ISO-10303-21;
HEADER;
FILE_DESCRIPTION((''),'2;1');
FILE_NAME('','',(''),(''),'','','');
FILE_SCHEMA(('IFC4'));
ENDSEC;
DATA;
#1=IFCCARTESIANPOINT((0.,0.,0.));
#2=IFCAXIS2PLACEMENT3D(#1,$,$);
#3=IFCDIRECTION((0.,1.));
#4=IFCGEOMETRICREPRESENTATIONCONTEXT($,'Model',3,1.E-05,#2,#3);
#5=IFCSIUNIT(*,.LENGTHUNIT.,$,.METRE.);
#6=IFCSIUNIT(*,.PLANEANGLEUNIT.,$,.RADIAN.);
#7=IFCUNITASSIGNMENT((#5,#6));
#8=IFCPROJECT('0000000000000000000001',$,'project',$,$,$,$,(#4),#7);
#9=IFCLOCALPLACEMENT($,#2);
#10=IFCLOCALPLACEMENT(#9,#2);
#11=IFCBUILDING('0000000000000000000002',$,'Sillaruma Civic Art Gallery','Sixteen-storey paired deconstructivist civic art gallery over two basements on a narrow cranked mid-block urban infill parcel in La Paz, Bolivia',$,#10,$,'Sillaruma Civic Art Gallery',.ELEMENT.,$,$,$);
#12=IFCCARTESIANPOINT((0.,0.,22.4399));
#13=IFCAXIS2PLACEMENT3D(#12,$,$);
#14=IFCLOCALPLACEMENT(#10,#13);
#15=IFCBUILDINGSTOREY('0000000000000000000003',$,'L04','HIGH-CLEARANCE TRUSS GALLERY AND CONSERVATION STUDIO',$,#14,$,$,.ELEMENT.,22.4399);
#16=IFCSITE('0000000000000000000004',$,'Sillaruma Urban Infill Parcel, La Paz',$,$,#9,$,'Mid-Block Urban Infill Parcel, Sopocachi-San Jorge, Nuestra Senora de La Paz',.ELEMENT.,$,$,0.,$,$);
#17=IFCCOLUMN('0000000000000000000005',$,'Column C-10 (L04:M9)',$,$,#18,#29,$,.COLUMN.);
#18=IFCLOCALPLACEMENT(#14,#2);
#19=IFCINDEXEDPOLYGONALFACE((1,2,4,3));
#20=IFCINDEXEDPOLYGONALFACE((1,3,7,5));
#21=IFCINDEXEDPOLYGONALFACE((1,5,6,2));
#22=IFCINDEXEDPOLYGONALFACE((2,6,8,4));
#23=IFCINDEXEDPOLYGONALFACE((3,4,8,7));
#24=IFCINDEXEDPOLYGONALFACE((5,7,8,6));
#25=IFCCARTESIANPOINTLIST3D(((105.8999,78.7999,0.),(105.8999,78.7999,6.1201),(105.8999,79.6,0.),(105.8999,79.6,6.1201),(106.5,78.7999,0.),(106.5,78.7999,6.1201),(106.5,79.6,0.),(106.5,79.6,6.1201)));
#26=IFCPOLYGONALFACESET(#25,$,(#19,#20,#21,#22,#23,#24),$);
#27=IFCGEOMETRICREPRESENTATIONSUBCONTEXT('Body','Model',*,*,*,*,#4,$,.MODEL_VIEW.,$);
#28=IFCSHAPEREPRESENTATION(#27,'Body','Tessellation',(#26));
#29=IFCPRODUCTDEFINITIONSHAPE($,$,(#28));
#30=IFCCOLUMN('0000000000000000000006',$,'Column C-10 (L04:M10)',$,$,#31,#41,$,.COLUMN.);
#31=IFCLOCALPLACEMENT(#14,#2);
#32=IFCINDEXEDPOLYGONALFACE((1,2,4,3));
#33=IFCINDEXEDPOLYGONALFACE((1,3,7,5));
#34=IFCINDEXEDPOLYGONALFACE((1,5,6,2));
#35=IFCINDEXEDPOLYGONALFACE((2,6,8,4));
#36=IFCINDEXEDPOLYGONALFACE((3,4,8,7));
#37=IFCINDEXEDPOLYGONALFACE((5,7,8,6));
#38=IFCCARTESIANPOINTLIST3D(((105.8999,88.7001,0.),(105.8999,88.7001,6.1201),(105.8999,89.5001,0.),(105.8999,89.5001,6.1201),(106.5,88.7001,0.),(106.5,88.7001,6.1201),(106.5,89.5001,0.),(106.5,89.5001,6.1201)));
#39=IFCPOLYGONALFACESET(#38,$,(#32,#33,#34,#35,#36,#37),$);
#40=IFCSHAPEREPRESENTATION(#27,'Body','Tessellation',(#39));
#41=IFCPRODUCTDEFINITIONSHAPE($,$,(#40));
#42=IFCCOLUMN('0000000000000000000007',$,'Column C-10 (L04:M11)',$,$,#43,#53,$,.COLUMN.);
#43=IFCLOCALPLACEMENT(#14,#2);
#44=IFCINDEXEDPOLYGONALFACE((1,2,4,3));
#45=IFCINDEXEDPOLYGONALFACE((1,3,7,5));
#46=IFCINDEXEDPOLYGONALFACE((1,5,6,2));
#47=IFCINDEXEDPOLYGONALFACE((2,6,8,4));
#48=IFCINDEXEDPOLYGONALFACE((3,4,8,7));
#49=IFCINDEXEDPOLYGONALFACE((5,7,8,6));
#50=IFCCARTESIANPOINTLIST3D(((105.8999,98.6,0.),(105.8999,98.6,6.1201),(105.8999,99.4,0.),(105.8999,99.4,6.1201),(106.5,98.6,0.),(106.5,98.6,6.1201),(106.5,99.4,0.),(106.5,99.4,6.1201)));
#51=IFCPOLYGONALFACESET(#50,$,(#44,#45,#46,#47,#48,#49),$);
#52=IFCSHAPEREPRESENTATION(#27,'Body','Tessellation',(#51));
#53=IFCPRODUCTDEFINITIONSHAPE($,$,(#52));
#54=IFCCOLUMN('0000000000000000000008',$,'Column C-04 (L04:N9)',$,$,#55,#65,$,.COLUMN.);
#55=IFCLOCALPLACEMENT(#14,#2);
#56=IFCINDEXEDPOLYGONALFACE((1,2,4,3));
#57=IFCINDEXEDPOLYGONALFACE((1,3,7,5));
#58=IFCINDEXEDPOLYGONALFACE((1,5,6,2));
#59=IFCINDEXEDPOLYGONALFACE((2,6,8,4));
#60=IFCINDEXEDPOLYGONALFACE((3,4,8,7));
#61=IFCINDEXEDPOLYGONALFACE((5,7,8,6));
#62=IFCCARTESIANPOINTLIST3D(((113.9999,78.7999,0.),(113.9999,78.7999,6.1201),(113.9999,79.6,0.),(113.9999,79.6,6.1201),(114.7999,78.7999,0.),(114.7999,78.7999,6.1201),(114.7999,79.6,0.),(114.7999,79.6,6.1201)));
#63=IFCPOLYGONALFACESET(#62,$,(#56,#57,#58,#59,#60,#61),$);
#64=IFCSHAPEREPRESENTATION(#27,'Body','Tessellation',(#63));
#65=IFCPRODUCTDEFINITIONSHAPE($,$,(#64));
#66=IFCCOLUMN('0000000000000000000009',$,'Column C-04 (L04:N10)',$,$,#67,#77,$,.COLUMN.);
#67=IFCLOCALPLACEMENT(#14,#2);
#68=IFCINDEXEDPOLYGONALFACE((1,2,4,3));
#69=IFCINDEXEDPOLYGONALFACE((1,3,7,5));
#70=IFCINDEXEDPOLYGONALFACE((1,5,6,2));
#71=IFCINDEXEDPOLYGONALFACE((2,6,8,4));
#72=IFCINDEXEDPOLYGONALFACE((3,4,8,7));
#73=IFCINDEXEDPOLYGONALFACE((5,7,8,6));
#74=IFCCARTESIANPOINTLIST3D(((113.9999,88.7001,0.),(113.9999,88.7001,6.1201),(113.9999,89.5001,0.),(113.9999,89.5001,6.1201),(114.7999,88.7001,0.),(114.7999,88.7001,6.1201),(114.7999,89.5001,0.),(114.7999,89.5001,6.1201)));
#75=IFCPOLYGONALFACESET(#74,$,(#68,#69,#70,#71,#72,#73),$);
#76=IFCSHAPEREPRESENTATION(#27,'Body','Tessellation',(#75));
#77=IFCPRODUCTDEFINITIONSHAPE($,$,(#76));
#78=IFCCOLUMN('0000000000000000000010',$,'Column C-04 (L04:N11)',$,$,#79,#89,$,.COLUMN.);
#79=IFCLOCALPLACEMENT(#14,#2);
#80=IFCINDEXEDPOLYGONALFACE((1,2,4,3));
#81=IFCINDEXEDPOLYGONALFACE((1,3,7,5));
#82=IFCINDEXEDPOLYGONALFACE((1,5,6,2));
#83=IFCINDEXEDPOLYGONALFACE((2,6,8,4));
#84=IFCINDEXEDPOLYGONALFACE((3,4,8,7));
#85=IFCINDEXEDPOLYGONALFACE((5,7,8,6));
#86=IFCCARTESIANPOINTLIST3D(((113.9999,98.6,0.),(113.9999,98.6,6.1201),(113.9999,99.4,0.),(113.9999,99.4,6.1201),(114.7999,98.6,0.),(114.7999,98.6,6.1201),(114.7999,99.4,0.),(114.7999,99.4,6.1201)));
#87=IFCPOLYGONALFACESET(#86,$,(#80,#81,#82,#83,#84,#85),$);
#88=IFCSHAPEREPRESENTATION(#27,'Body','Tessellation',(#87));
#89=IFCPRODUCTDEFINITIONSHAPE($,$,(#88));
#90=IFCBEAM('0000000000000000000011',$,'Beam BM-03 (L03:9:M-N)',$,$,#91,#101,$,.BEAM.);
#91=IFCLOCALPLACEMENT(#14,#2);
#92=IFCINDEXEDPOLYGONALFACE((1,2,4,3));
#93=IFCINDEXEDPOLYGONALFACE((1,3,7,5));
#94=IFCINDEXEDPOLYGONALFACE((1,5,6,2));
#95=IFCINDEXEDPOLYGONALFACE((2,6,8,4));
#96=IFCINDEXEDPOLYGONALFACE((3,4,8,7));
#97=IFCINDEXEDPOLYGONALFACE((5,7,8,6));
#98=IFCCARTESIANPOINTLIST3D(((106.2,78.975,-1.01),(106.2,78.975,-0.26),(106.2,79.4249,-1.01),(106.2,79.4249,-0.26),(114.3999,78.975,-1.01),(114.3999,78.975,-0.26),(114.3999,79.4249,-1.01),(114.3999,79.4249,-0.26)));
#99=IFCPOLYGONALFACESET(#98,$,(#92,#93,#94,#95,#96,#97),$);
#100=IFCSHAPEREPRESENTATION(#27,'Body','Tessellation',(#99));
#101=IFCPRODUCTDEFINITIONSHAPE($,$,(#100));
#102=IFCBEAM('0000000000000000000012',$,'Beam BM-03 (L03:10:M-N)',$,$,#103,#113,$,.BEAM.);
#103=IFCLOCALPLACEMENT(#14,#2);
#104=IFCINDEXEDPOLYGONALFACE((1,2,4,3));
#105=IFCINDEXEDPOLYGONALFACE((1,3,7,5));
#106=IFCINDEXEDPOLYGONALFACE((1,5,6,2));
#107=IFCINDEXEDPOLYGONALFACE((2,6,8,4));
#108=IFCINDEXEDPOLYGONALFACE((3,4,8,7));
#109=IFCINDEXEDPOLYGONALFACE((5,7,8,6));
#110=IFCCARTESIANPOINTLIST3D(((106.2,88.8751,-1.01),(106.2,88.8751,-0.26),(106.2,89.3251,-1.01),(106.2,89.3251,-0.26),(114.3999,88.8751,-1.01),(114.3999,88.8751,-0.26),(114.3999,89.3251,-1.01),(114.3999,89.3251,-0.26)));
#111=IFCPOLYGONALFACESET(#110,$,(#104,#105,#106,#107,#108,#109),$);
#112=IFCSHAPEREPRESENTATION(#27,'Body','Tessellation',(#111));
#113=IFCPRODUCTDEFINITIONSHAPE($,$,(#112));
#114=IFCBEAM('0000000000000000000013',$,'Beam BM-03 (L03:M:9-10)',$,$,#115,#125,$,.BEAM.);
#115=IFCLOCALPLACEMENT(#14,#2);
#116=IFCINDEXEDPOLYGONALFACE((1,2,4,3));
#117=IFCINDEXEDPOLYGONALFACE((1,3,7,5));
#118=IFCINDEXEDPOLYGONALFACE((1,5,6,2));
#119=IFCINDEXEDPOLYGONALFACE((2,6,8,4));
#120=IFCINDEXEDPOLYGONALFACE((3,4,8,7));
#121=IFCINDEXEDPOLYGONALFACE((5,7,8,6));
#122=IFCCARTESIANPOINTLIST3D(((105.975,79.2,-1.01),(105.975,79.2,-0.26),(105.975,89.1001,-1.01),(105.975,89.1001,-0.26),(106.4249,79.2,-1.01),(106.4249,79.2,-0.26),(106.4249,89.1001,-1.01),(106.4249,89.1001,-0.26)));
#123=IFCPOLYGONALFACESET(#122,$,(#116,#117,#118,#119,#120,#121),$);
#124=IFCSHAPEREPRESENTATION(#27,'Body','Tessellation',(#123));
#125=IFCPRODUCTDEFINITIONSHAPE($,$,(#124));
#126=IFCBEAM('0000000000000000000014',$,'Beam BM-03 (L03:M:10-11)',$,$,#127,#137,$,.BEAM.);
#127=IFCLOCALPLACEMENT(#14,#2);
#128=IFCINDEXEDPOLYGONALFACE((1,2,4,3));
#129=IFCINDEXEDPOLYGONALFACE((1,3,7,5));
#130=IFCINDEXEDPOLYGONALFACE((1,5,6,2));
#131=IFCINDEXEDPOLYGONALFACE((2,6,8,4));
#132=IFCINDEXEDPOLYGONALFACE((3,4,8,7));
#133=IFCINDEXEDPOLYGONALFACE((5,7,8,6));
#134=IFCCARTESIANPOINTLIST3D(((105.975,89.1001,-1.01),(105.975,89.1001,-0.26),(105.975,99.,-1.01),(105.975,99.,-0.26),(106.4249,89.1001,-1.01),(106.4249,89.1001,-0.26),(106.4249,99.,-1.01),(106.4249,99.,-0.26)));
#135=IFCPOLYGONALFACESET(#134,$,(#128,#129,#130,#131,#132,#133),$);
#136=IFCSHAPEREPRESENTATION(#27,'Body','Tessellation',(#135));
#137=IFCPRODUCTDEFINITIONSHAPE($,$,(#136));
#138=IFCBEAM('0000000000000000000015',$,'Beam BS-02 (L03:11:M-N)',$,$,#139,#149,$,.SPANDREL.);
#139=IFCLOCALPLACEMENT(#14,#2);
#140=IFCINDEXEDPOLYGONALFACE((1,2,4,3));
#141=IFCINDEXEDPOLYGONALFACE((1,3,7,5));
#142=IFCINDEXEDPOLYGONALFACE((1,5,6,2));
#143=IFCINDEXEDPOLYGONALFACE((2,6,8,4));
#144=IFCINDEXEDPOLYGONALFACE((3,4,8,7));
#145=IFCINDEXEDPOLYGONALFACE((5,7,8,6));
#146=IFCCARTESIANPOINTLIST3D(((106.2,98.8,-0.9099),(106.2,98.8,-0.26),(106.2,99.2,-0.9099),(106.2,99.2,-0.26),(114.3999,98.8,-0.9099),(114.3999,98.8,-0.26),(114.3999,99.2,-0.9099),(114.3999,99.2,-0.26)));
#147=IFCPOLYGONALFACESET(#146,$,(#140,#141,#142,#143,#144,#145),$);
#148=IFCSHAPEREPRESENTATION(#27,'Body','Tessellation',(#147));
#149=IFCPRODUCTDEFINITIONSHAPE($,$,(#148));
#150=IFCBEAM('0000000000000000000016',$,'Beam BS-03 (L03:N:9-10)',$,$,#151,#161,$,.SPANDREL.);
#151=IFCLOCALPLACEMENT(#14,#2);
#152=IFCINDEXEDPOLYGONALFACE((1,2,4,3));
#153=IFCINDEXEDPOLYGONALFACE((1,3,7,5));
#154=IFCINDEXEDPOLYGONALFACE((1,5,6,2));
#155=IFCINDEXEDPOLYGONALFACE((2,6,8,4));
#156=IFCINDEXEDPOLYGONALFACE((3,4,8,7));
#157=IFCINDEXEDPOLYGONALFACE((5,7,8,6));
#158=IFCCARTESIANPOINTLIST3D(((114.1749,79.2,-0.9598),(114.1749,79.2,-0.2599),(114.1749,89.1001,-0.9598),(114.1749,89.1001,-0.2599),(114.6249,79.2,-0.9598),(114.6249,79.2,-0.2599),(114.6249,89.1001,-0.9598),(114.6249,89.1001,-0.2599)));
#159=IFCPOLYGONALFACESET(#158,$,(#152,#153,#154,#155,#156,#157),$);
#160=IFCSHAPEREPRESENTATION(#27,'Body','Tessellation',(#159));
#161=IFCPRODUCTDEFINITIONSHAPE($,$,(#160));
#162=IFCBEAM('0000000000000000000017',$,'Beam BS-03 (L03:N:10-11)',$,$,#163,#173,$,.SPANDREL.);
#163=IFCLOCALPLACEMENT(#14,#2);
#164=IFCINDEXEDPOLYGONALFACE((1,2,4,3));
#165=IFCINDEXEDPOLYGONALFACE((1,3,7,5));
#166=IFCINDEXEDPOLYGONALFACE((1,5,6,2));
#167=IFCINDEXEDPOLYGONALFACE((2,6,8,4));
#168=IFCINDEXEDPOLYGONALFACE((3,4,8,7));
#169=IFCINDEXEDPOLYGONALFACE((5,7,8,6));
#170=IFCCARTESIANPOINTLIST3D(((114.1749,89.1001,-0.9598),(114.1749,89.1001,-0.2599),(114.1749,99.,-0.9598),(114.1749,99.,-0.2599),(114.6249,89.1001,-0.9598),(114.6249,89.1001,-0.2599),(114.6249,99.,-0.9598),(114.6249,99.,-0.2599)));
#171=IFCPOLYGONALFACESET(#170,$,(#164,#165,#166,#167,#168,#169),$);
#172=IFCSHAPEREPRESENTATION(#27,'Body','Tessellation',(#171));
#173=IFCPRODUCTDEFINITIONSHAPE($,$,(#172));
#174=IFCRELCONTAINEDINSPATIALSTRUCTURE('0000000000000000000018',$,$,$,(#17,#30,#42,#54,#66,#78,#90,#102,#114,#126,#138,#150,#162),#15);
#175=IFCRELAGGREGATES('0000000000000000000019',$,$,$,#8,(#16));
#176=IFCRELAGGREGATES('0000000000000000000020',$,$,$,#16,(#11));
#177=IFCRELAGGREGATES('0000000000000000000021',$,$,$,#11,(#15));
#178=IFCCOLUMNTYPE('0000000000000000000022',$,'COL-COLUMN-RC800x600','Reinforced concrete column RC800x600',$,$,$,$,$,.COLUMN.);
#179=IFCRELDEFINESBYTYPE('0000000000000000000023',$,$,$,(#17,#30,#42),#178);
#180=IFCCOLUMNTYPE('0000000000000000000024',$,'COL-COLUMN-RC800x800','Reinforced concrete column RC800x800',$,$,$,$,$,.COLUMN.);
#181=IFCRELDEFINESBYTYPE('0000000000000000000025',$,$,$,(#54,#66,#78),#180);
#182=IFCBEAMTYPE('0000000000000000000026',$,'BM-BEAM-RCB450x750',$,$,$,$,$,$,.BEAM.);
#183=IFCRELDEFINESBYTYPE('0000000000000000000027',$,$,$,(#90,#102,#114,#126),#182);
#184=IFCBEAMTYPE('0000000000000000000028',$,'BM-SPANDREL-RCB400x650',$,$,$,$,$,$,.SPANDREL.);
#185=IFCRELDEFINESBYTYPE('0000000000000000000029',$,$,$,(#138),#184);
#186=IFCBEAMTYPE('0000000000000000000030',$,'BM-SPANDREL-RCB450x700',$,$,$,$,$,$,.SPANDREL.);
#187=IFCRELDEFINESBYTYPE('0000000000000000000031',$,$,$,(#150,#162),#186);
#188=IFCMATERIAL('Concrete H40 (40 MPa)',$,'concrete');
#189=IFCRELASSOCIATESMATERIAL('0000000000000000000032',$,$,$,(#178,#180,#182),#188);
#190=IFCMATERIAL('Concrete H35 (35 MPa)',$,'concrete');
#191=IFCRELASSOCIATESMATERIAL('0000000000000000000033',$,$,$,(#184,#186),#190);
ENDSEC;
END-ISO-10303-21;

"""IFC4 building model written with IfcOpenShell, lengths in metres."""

from ifc_helpers import new_model, si_unit, direction, frame, origin, origin_2d, place, context, subcontext, project, spatial, rectangle, extrude, material, material_profile, profile_set, type_object, element, save


model = new_model("IFC4")

# Units and contexts
model_context = context("Model", 3, precision=1e-05, world=origin(), true_north=direction((0.0, 1.0)))
body_context = subcontext(model_context, "Body", "Model", "MODEL_VIEW")
ifc_project = project(units=[si_unit("LENGTHUNIT", "METRE"), si_unit("PLANEANGLEUNIT", "RADIAN")], contexts=[model_context])

# Site, building, storey
site_placement = place(None, origin())
site = spatial("IfcSite", under=ifc_project, at=site_placement, Name="Sillaruma Urban Infill Parcel, La Paz", LongName="Mid-Block Urban Infill Parcel, Sopocachi-San Jorge, Nuestra Senora de La Paz", CompositionType="ELEMENT", RefElevation=0.0)
building_placement = place(site_placement, origin())
building = spatial("IfcBuilding", under=site, at=building_placement, Name="Sillaruma Civic Art Gallery", Description="Sixteen-storey paired deconstructivist civic art gallery over two basements on a narrow cranked mid-block urban infill parcel in La Paz, Bolivia", LongName="Sillaruma Civic Art Gallery", CompositionType="ELEMENT")
storey_placement = place(building_placement, frame((0.0, 0.0, 22.4399)))
storey = spatial("IfcBuildingStorey", under=building, at=storey_placement, Name="L04", Description="HIGH-CLEARANCE TRUSS GALLERY AND CONSERVATION STUDIO", CompositionType="ELEMENT", Elevation=22.4399)

# Columns
ifc_material_1 = material(Name="Concrete H40 (40 MPa)", Category="concrete")
ifc_material_profile_1 = material_profile(ifc_material_1, rectangle(XDim=0.6001, YDim=0.8, at=origin_2d()), Name="RC800x600")
ifc_profile_set_1 = profile_set([ifc_material_profile_1], Name="Concrete H40 (40 MPa)")
column_type_1 = type_object("IfcColumnType", Name="COL-COLUMN-RC800x600", Description="Reinforced concrete column RC800x600", PredefinedType="COLUMN", material=ifc_profile_set_1)
for number, where, z_axis, x_axis, name in (
    (1, (106.2, 79.2, 0.0), (0.0, 0.0, 1.0), (1.0, 0.0, 0.0), "Column C-10 (L04:M9)"),
    (2, (106.2, 89.1001, 0.0), (0.0, 0.0, 1.0), (1.0, 0.0, 0.0), "Column C-10 (L04:M10)"),
    (3, (106.2, 99.0, 0.0), (0.0, 0.0, 1.0), (1.0, 0.0, 0.0), "Column C-10 (L04:M11)"),
):
    element("IfcColumn", number, at=place(storey_placement, frame(where, z_axis=z_axis, x_axis=x_axis)), inside=storey, type_object=column_type_1, Name=name, PredefinedType="COLUMN", context=body_context, shape_type="SweptSolid", body=[
        extrude(rectangle(XDim=0.6001, YDim=0.8, at=origin_2d()), origin(), (0.0, 0.0, 1.0), 6.1201),
    ])
ifc_material_profile_2 = material_profile(ifc_material_1, rectangle(XDim=0.8, YDim=0.8, at=origin_2d()), Name="RC800x800")
ifc_profile_set_2 = profile_set([ifc_material_profile_2], Name="Concrete H40 (40 MPa)")
column_type_2 = type_object("IfcColumnType", Name="COL-COLUMN-RC800x800", Description="Reinforced concrete column RC800x800", PredefinedType="COLUMN", material=ifc_profile_set_2)
for number, where, z_axis, x_axis, name in (
    (4, (114.3999, 79.2, 0.0), (0.0, 0.0, 1.0), (1.0, 0.0, 0.0), "Column C-04 (L04:N9)"),
    (5, (114.3999, 89.1001, 0.0), (0.0, 0.0, 1.0), (1.0, 0.0, 0.0), "Column C-04 (L04:N10)"),
    (6, (114.3999, 99.0, 0.0), (0.0, 0.0, 1.0), (1.0, 0.0, 0.0), "Column C-04 (L04:N11)"),
):
    element("IfcColumn", number, at=place(storey_placement, frame(where, z_axis=z_axis, x_axis=x_axis)), inside=storey, type_object=column_type_2, Name=name, PredefinedType="COLUMN", context=body_context, shape_type="SweptSolid", body=[
        extrude(rectangle(XDim=0.8, YDim=0.8, at=origin_2d()), origin(), (0.0, 0.0, 1.0), 6.1201),
    ])

# Beams
ifc_material_profile_3 = material_profile(ifc_material_1, rectangle(XDim=0.45, YDim=0.75, at=origin_2d()), Name="RCB450x750")
ifc_profile_set_3 = profile_set([ifc_material_profile_3], Name="Concrete H40 (40 MPa)")
beam_type_1 = type_object("IfcBeamType", Name="BM-BEAM-RCB450x750", PredefinedType="BEAM", material=ifc_profile_set_3)
for number, where, z_axis, x_axis, name in (
    (7, (106.2, 79.2, -0.635), (1.0, 0.0, 0.0), (0.0, 1.0, 0.0), "Beam BM-03 (L03:9:M-N)"),
    (8, (106.2, 89.1001, -0.635), (1.0, 0.0, 0.0), (0.0, 1.0, 0.0), "Beam BM-03 (L03:10:M-N)"),
):
    element("IfcBeam", number, at=place(storey_placement, frame(where, z_axis=z_axis, x_axis=x_axis)), inside=storey, type_object=beam_type_1, Name=name, PredefinedType="BEAM", context=body_context, shape_type="SweptSolid", body=[
        extrude(rectangle(XDim=0.45, YDim=0.75, at=origin_2d()), origin(), (0.0, 0.0, 1.0), 8.2),
    ])
beam_1_placement = place(storey_placement, frame((106.2, 79.2, -0.635), z_axis=(0.0, 1.0, 0.0), x_axis=(-1.0, 0.0, 0.0)))
element("IfcBeam", 9, at=beam_1_placement, inside=storey, type_object=beam_type_1, Name="Beam BM-03 (L03:M:9-10)", PredefinedType="BEAM", context=body_context, shape_type="SweptSolid", body=[
    extrude(rectangle(XDim=0.45, YDim=0.75, at=origin_2d()), origin(), (0.0, 0.0, 1.0), 9.9001),
])
beam_2_placement = place(storey_placement, frame((106.2, 89.1001, -0.635), z_axis=(0.0, 1.0, 0.0), x_axis=(-1.0, 0.0, 0.0)))
element("IfcBeam", 10, at=beam_2_placement, inside=storey, type_object=beam_type_1, Name="Beam BM-03 (L03:M:10-11)", PredefinedType="BEAM", context=body_context, shape_type="SweptSolid", body=[
    extrude(rectangle(XDim=0.45, YDim=0.75, at=origin_2d()), origin(), (0.0, 0.0, 1.0), 9.8999),
])
ifc_material_2 = material(Name="Concrete H35 (35 MPa)", Category="concrete")
ifc_material_profile_4 = material_profile(ifc_material_2, rectangle(XDim=0.3999, YDim=0.6499, at=origin_2d()), Name="RCB400x650")
ifc_profile_set_4 = profile_set([ifc_material_profile_4], Name="Concrete H35 (35 MPa)")
beam_type_2 = type_object("IfcBeamType", Name="BM-SPANDREL-RCB400x650", PredefinedType="SPANDREL", material=ifc_profile_set_4)
beam_3_placement = place(storey_placement, frame((106.2, 99.0, -0.585), z_axis=(1.0, 0.0, 0.0), x_axis=(0.0, 1.0, 0.0)))
element("IfcBeam", 11, at=beam_3_placement, inside=storey, type_object=beam_type_2, Name="Beam BS-02 (L03:11:M-N)", PredefinedType="SPANDREL", context=body_context, shape_type="SweptSolid", body=[
    extrude(rectangle(XDim=0.3999, YDim=0.6499, at=origin_2d()), origin(), (0.0, 0.0, 1.0), 8.2),
])
ifc_material_profile_5 = material_profile(ifc_material_2, rectangle(XDim=0.45, YDim=0.7, at=origin_2d()), Name="RCB450x700")
ifc_profile_set_5 = profile_set([ifc_material_profile_5], Name="Concrete H35 (35 MPa)")
beam_type_3 = type_object("IfcBeamType", Name="BM-SPANDREL-RCB450x700", PredefinedType="SPANDREL", material=ifc_profile_set_5)
beam_4_placement = place(storey_placement, frame((114.3999, 79.2, -0.6099), z_axis=(0.0, 1.0, 0.0), x_axis=(-1.0, 0.0, 0.0)))
element("IfcBeam", 12, at=beam_4_placement, inside=storey, type_object=beam_type_3, Name="Beam BS-03 (L03:N:9-10)", PredefinedType="SPANDREL", context=body_context, shape_type="SweptSolid", body=[
    extrude(rectangle(XDim=0.45, YDim=0.7, at=origin_2d()), origin(), (0.0, 0.0, 1.0), 9.9001),
])
beam_5_placement = place(storey_placement, frame((114.3999, 89.1001, -0.6099), z_axis=(0.0, 1.0, 0.0), x_axis=(-1.0, 0.0, 0.0)))
element("IfcBeam", 13, at=beam_5_placement, inside=storey, type_object=beam_type_3, Name="Beam BS-03 (L03:N:10-11)", PredefinedType="SPANDREL", context=body_context, shape_type="SweptSolid", body=[
    extrude(rectangle(XDim=0.45, YDim=0.7, at=origin_2d()), origin(), (0.0, 0.0, 1.0), 9.8999),
])

save(model, "model.ifc")
